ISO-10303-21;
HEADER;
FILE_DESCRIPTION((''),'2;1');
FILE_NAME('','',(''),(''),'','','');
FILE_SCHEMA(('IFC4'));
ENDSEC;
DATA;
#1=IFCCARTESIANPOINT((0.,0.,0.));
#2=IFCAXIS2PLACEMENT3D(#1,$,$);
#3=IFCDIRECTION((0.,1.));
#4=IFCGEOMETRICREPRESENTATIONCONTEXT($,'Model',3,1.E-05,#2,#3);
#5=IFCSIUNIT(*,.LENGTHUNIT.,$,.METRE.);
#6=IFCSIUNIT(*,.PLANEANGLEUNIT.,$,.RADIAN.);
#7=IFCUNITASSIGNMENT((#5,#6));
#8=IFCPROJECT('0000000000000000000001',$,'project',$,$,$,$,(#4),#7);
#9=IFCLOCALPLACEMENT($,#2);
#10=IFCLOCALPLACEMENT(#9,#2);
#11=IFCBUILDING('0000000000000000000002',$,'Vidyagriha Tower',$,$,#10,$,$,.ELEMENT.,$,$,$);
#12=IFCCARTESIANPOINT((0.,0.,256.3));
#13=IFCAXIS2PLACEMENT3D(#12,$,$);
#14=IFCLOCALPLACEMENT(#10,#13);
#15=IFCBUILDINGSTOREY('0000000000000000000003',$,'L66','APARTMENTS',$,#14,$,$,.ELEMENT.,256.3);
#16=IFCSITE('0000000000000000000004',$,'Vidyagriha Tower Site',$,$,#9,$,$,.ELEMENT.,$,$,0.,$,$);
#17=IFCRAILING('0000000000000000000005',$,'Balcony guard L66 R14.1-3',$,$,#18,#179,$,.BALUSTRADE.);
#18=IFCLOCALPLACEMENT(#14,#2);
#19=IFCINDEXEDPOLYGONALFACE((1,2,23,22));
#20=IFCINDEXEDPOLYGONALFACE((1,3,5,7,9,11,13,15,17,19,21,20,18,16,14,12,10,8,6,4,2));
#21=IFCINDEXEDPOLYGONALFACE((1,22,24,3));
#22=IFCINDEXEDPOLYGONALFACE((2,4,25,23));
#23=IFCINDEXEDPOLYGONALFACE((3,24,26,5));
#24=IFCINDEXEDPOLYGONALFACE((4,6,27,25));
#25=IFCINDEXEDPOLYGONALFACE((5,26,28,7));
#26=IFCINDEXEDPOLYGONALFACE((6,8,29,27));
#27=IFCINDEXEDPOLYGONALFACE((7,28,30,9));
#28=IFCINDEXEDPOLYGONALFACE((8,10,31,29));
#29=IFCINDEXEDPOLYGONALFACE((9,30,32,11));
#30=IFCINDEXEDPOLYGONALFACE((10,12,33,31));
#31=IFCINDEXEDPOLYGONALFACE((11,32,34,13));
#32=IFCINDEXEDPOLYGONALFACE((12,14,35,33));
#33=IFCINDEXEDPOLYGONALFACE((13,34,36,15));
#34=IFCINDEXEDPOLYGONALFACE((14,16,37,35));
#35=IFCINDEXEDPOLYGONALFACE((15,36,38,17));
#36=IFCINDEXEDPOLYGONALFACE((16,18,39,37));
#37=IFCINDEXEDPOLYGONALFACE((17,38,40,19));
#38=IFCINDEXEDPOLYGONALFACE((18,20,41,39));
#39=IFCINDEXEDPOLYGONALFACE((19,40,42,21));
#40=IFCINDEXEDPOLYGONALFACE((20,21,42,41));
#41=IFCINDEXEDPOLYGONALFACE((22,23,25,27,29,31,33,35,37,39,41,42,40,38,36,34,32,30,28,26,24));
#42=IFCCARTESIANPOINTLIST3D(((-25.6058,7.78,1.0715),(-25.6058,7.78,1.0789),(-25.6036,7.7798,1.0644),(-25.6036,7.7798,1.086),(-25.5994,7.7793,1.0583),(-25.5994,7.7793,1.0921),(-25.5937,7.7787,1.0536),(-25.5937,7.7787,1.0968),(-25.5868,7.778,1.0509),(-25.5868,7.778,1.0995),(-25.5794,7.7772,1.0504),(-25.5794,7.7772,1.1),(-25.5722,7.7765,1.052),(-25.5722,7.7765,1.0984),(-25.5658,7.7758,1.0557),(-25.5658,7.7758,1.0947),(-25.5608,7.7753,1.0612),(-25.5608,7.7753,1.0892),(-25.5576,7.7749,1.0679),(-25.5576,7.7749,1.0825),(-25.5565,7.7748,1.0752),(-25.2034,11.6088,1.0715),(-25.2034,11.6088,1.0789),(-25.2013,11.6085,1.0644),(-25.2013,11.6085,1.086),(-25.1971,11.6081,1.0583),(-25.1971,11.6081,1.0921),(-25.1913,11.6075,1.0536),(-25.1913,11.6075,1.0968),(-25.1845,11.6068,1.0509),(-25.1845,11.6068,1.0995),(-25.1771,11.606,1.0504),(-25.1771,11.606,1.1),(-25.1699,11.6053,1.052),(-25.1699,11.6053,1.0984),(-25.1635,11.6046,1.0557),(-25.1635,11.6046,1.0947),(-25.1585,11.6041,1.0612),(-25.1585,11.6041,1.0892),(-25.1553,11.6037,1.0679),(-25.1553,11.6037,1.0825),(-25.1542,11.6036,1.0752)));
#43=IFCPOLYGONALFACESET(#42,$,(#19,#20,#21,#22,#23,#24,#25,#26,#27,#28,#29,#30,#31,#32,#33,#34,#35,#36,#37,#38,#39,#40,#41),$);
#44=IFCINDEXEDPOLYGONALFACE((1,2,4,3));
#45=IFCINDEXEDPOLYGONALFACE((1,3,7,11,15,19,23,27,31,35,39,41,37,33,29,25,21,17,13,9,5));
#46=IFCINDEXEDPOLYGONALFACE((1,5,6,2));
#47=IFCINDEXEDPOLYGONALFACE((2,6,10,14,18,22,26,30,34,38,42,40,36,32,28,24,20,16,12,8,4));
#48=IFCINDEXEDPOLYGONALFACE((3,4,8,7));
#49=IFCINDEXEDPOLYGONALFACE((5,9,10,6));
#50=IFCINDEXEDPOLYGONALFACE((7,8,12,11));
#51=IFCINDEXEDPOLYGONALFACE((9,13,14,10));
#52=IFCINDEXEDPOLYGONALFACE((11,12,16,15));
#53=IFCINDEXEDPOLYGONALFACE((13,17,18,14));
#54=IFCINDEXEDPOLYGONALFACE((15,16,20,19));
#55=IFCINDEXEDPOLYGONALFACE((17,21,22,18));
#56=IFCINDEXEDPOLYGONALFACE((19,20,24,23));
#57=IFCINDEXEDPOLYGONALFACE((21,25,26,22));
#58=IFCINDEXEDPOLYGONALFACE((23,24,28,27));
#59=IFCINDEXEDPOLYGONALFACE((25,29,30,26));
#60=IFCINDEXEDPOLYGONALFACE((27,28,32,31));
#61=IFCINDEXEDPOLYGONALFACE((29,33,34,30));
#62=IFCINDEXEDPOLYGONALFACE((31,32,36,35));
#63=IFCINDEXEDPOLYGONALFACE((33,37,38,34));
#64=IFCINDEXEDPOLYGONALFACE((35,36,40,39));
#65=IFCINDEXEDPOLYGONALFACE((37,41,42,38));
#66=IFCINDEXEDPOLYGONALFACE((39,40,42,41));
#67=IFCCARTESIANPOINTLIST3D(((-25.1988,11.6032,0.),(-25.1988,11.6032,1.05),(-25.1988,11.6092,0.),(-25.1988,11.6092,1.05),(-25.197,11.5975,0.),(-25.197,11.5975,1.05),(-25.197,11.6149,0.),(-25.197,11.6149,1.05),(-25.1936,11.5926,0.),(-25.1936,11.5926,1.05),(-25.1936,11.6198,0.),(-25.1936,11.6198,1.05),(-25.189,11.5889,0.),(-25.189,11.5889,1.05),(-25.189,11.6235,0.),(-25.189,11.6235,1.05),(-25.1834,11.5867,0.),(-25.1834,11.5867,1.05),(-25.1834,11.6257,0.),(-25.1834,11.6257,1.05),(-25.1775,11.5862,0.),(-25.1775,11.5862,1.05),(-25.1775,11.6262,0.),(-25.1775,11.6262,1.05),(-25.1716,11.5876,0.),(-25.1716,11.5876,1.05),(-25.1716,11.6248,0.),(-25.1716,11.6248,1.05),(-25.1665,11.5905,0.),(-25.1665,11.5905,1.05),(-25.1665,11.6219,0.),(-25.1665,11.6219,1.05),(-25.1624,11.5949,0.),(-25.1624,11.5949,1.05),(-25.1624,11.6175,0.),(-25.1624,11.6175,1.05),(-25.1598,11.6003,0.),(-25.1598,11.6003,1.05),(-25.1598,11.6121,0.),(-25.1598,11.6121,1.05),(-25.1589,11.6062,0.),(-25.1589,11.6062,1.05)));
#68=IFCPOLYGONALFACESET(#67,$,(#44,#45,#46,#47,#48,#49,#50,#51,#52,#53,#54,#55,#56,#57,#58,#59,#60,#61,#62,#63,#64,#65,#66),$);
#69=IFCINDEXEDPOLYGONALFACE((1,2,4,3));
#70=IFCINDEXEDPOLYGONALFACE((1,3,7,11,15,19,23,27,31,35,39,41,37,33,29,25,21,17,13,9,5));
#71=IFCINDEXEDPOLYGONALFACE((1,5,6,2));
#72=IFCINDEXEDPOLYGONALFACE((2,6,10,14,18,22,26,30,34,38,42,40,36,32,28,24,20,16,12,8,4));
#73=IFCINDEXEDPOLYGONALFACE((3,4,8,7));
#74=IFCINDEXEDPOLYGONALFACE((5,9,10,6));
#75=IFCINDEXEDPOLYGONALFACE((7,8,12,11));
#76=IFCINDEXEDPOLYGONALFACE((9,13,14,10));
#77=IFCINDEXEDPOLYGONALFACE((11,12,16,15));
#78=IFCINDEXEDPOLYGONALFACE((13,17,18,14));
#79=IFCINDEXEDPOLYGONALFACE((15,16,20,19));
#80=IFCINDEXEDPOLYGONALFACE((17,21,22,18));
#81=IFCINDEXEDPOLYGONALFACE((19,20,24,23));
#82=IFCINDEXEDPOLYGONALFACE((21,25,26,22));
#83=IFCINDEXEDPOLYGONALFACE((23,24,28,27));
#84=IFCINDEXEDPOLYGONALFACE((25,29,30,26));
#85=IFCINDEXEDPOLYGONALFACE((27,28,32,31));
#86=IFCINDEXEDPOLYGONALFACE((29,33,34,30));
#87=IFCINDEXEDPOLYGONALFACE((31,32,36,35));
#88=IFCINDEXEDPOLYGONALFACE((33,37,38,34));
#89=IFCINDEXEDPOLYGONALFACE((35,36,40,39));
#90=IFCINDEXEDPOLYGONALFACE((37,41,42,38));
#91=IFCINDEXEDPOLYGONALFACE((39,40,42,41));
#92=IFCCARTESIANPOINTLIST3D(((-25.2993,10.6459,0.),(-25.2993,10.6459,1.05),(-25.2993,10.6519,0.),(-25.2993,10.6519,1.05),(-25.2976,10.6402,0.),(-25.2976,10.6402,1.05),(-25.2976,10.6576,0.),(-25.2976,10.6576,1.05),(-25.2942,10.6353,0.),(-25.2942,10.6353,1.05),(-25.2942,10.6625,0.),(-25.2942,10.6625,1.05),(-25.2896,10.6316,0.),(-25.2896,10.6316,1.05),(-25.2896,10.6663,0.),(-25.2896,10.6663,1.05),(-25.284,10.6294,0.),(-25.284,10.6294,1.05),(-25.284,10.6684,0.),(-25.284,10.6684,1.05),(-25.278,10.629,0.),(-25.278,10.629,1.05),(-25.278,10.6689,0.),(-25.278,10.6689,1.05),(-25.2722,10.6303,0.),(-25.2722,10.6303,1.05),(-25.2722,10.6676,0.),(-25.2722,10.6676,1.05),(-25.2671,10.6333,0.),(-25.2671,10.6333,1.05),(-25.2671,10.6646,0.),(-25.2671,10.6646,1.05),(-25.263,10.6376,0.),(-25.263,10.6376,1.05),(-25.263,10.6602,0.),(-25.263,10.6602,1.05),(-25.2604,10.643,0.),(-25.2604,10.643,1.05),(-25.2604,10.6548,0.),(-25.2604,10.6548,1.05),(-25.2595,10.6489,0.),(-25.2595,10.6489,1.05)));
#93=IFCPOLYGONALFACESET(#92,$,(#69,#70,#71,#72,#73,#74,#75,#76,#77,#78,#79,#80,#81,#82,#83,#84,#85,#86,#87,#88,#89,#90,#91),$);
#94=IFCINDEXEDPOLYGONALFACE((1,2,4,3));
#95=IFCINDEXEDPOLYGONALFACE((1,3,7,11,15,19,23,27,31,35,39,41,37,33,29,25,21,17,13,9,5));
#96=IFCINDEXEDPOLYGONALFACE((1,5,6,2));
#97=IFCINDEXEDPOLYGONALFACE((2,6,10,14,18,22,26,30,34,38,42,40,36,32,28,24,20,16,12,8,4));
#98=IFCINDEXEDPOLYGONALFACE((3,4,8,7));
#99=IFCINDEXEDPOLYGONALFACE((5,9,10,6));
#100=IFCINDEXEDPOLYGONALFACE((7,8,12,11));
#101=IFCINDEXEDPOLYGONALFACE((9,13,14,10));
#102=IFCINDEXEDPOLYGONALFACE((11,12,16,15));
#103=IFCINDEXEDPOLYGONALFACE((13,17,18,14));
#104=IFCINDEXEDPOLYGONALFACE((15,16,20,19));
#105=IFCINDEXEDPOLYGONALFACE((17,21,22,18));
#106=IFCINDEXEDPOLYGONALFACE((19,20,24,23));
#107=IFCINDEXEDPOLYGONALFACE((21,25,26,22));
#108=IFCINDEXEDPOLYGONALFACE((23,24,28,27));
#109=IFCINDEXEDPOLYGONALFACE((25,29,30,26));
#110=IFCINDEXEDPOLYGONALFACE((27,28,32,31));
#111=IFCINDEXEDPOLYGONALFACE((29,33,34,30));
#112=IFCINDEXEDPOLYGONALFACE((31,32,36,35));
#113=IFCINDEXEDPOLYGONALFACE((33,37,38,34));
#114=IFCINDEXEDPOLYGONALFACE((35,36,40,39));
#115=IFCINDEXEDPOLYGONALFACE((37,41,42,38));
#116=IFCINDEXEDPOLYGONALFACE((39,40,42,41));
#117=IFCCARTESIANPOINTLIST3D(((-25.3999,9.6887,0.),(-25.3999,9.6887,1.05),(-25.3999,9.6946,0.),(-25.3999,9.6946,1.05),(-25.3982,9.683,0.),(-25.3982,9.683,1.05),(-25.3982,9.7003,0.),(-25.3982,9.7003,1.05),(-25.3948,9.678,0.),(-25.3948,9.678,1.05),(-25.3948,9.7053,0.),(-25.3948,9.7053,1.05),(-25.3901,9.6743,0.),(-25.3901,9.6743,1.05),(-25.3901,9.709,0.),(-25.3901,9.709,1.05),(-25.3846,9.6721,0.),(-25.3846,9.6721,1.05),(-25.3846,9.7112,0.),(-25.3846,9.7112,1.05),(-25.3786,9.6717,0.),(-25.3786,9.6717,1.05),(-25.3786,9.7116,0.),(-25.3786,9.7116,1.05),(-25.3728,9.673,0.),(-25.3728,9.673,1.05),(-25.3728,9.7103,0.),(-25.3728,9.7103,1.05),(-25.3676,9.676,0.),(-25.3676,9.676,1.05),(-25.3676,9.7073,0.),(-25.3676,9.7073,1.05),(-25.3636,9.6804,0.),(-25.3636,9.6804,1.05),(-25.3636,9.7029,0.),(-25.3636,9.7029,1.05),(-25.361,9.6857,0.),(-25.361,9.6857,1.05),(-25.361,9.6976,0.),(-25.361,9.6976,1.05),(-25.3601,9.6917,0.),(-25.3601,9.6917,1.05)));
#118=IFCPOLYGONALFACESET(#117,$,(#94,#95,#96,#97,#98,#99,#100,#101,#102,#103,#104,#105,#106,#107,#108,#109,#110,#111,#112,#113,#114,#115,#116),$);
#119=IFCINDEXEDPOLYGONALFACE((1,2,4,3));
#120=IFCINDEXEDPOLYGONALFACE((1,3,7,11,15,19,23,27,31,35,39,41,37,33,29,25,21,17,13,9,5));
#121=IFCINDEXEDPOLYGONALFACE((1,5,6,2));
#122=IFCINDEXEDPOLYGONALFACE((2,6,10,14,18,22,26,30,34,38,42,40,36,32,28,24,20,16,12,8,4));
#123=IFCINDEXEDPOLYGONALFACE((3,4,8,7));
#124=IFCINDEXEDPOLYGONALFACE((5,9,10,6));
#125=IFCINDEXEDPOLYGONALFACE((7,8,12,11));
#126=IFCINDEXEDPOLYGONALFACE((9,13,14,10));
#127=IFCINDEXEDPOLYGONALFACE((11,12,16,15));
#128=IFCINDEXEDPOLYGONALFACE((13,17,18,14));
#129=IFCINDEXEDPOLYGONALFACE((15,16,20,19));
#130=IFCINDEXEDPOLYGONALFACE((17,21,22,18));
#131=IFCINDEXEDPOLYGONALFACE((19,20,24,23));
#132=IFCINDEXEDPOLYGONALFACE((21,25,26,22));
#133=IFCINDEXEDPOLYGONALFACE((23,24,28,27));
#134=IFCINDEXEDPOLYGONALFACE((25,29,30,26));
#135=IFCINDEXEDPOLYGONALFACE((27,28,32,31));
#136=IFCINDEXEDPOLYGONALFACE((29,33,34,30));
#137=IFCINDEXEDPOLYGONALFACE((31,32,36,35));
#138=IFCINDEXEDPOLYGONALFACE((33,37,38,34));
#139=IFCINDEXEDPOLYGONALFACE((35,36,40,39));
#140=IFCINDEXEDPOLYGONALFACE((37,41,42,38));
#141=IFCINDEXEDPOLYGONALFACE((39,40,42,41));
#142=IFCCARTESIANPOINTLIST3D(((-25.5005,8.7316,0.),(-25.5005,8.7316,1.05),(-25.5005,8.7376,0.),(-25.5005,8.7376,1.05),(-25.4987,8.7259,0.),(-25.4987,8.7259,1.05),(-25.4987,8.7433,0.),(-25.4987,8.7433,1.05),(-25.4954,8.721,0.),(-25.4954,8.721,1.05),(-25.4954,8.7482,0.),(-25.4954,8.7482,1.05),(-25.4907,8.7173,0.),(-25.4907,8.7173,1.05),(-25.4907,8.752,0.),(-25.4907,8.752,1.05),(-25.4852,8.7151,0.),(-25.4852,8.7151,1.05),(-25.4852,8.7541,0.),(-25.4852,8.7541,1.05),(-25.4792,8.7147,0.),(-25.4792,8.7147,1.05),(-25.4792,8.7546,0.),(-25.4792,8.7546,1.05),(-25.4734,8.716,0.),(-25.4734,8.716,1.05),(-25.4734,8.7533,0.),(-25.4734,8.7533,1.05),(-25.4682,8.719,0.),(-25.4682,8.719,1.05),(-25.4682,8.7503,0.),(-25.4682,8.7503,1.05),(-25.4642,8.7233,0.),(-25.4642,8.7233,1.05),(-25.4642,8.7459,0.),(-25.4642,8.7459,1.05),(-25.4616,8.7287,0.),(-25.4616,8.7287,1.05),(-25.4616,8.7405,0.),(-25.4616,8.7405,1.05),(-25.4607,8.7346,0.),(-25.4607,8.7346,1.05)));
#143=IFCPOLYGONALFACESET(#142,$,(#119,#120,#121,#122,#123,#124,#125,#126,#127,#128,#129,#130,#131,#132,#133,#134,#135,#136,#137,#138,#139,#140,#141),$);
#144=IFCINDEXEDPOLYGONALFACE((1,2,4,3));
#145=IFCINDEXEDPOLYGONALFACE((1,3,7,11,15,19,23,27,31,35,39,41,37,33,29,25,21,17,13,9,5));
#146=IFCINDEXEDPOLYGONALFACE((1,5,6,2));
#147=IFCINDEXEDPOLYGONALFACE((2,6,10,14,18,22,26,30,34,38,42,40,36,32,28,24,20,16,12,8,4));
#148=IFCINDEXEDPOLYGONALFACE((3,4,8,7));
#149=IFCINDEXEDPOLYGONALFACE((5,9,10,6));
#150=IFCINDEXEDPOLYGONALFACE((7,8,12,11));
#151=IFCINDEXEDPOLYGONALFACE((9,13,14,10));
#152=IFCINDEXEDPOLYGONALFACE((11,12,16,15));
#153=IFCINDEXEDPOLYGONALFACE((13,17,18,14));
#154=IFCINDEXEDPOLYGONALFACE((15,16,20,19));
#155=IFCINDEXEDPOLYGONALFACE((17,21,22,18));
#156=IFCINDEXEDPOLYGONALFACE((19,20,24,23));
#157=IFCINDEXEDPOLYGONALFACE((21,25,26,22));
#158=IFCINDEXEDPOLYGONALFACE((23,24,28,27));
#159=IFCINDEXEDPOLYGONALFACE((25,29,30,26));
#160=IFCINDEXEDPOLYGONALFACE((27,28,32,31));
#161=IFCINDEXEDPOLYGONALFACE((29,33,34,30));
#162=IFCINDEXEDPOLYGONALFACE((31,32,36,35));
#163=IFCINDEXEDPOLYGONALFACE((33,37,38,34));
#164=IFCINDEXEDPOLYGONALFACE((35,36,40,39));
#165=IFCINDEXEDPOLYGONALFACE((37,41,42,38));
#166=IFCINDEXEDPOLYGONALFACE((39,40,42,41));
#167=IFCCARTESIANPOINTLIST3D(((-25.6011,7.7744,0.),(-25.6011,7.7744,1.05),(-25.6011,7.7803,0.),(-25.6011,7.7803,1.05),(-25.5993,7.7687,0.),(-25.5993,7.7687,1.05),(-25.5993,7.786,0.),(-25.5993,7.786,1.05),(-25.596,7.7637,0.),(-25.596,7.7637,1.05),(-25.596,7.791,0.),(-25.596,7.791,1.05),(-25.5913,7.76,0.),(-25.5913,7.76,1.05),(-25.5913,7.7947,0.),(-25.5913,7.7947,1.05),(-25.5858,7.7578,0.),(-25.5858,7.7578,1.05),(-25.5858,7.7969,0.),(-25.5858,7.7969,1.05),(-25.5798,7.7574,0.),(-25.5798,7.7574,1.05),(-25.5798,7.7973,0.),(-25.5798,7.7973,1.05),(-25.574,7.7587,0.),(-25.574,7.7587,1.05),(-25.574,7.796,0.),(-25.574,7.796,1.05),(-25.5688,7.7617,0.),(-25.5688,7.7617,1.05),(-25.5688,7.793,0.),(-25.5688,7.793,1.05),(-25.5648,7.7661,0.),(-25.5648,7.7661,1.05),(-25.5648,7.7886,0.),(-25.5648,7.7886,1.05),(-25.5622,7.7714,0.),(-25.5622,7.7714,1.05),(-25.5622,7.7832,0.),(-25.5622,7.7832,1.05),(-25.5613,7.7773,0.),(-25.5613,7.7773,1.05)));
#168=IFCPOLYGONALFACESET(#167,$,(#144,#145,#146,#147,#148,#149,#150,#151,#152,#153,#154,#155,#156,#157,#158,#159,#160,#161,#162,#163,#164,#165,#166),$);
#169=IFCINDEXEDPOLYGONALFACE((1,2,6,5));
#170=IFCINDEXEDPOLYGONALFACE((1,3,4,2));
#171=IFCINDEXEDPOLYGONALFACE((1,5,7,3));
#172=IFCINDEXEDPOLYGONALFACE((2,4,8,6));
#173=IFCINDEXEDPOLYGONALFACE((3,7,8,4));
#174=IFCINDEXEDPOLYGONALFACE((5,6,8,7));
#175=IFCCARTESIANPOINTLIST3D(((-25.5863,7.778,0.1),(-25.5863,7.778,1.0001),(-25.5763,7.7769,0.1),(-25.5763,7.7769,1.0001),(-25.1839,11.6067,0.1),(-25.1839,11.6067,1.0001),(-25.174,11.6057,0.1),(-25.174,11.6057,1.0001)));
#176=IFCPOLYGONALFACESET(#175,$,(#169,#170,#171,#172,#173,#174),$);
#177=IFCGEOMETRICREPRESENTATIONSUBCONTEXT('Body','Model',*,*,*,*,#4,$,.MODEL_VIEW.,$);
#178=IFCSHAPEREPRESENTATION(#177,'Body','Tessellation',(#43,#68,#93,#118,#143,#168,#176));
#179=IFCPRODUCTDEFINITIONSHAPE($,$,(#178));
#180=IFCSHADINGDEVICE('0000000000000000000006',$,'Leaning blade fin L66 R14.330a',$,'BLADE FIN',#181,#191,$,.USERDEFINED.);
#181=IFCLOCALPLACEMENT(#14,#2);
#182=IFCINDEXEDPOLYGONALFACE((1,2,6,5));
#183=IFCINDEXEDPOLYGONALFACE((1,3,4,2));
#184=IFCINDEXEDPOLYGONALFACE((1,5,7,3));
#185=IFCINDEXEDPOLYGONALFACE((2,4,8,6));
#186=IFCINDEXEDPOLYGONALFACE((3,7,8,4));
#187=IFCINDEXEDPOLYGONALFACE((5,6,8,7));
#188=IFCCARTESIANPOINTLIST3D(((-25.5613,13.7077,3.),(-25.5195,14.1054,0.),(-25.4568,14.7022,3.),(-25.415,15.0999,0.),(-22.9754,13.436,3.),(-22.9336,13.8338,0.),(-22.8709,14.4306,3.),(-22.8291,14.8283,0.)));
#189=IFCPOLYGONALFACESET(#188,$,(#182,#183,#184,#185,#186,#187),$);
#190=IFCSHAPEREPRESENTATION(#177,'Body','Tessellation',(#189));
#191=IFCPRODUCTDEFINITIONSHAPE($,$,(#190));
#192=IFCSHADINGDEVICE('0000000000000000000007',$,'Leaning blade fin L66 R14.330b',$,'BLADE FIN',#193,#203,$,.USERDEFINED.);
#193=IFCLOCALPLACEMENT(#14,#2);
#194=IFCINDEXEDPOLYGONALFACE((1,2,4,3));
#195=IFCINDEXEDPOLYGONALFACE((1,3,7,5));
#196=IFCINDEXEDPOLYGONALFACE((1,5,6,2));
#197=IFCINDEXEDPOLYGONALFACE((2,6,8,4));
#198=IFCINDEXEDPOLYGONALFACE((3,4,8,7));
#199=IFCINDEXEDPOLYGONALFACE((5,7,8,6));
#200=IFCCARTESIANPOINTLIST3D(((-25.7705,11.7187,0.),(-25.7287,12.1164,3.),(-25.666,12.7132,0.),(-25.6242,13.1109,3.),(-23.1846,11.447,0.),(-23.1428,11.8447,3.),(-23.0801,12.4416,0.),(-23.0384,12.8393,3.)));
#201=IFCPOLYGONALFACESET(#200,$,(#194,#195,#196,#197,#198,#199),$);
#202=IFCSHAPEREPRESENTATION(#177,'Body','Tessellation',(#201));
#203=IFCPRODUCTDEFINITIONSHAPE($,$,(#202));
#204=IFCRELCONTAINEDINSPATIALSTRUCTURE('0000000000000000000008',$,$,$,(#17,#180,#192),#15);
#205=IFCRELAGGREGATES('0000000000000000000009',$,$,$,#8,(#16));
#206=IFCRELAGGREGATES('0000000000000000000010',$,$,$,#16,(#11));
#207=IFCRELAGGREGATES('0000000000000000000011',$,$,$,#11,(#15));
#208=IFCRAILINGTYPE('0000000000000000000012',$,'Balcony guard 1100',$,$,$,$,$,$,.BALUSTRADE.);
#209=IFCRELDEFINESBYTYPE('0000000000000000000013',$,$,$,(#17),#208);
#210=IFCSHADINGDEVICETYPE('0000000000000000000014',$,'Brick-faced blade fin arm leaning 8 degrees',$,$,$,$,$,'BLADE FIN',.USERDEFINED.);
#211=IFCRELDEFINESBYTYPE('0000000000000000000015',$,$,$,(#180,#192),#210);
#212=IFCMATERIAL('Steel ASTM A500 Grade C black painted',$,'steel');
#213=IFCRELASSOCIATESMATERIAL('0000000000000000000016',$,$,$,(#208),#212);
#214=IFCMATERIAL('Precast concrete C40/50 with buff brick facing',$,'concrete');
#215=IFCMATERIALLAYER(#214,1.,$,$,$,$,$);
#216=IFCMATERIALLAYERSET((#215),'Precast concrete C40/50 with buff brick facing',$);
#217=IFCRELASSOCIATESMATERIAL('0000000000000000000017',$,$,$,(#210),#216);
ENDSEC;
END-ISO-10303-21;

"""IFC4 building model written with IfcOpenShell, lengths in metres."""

from ifc_helpers import new_model, si_unit, direction, frame, origin, origin_2d, place, context, subcontext, project, spatial, polyline, rectangle, circle, outline, extrude, material, layer, layer_set, type_object, element, save


model = new_model("IFC4")

# Units and contexts
model_context = context("Model", 3, precision=1e-05, world=origin(), true_north=direction((0.0, 1.0)))
body_context = subcontext(model_context, "Body", "Model", "MODEL_VIEW")
ifc_project = project(units=[si_unit("LENGTHUNIT", "METRE"), si_unit("PLANEANGLEUNIT", "RADIAN")], contexts=[model_context])

# Site, building, storey
site_placement = place(None, origin())
site = spatial("IfcSite", under=ifc_project, at=site_placement, Name="Vidyagriha Tower Site", CompositionType="ELEMENT", RefElevation=0.0)
building_placement = place(site_placement, origin())
building = spatial("IfcBuilding", under=site, at=building_placement, Name="Vidyagriha Tower", CompositionType="ELEMENT")
storey_placement = place(building_placement, frame((0.0, 0.0, 256.3)))
storey = spatial("IfcBuildingStorey", under=building, at=storey_placement, Name="L66", Description="APARTMENTS", CompositionType="ELEMENT", Elevation=256.3)

# Railing
ifc_material_1 = material(Name="Steel ASTM A500 Grade C black painted", Category="steel")
railing_type_1 = type_object("IfcRailingType", Name="Balcony guard 1100", PredefinedType="BALUSTRADE", material=ifc_material_1)
railing_1_placement = place(storey_placement, frame((-25.179, 11.6062, 0.0)))
element("IfcRailing", 1, at=railing_1_placement, inside=storey, type_object=railing_type_1, Name="Balcony guard L66 R14.1-3", PredefinedType="BALUSTRADE", context=body_context, shape_type="SweptSolid", body=[
    extrude(circle(Radius=0.0249, at=origin_2d()), frame((0.0, 0.0, 1.0752), z_axis=(-0.104507, -0.994524, 0.0), x_axis=(0.994524, -0.104507, 0.0)), (0.0, 0.0, 1.0), 3.8499),
    extrude(circle(Radius=0.02, at=origin_2d()), origin(), (0.0, 0.0, 1.0), 1.05),
    extrude(circle(Radius=0.02, at=origin_2d()), frame((-0.1006, -0.9573, 0.0)), (0.0, 0.0, 1.0), 1.05),
    extrude(circle(Radius=0.02, at=origin_2d()), frame((-0.2012, -1.9146, 0.0)), (0.0, 0.0, 1.0), 1.05),
    extrude(circle(Radius=0.02, at=origin_2d()), frame((-0.3018, -2.8716, 0.0)), (0.0, 0.0, 1.0), 1.05),
    extrude(circle(Radius=0.02, at=origin_2d()), frame((-0.4023, -3.8289, 0.0)), (0.0, 0.0, 1.0), 1.05),
    extrude(rectangle(XDim=0.01, YDim=0.9001, at=origin_2d()), frame((0.0, 0.0, 0.55), z_axis=(-0.104507, -0.994524, 0.0), x_axis=(0.994524, -0.104507, 0.0)), (0.0, 0.0, 1.0), 3.8499),
])

# Shading devices
ifc_material_2 = material(Name="Precast concrete C40/50 with buff brick facing", Category="concrete")
ifc_layer_1 = layer(ifc_material_2, 1.0)
ifc_layer_set_1 = layer_set([ifc_layer_1], Name="Precast concrete C40/50 with buff brick facing")
shading_device_type_1 = type_object("IfcShadingDeviceType", Name="Brick-faced blade fin arm leaning 8 degrees", ElementType="BLADE FIN", PredefinedType="USERDEFINED", material=ifc_layer_set_1)
shading_device_1_placement = place(storey_placement, frame((-24.1221, 14.9641, 0.0), z_axis=(0.0, 0.0, 1.0), x_axis=(-0.104476, -0.994527, 0.0)))
element("IfcShadingDevice", 2, at=shading_device_1_placement, inside=storey, type_object=shading_device_type_1, Name="Leaning blade fin L66 R14.330a", ObjectType="BLADE FIN", PredefinedType="USERDEFINED", context=body_context, shape_type="SweptSolid", body=[
    extrude(outline(polyline([(0.0, 0.0), (1.0, 0.0), (1.3999, 3.0), (0.3999, 3.0), (0.0, 0.0)])), frame((0.0, 1.3, 0.0), z_axis=(0.0, -1.0, 0.0), x_axis=(1.0, 0.0, 0.0)), (0.0, 0.0, 1.0), 2.6001),
])
shading_device_2_placement = place(storey_placement, frame((-24.3313, 12.9751, 0.0), z_axis=(0.0, 0.0, 1.0), x_axis=(-0.104476, -0.994527, 0.0)))
element("IfcShadingDevice", 3, at=shading_device_2_placement, inside=storey, type_object=shading_device_type_1, Name="Leaning blade fin L66 R14.330b", ObjectType="BLADE FIN", PredefinedType="USERDEFINED", context=body_context, shape_type="SweptSolid", body=[
    extrude(outline(polyline([(0.3999, 0.0), (1.3999, 0.0), (1.0, 3.0), (0.0, 3.0), (0.3999, 0.0)])), frame((0.0, 1.3, 0.0), z_axis=(0.0, -1.0, 0.0), x_axis=(1.0, 0.0, 0.0)), (0.0, 0.0, 1.0), 2.6001),
])

save(model, "model.ifc")
